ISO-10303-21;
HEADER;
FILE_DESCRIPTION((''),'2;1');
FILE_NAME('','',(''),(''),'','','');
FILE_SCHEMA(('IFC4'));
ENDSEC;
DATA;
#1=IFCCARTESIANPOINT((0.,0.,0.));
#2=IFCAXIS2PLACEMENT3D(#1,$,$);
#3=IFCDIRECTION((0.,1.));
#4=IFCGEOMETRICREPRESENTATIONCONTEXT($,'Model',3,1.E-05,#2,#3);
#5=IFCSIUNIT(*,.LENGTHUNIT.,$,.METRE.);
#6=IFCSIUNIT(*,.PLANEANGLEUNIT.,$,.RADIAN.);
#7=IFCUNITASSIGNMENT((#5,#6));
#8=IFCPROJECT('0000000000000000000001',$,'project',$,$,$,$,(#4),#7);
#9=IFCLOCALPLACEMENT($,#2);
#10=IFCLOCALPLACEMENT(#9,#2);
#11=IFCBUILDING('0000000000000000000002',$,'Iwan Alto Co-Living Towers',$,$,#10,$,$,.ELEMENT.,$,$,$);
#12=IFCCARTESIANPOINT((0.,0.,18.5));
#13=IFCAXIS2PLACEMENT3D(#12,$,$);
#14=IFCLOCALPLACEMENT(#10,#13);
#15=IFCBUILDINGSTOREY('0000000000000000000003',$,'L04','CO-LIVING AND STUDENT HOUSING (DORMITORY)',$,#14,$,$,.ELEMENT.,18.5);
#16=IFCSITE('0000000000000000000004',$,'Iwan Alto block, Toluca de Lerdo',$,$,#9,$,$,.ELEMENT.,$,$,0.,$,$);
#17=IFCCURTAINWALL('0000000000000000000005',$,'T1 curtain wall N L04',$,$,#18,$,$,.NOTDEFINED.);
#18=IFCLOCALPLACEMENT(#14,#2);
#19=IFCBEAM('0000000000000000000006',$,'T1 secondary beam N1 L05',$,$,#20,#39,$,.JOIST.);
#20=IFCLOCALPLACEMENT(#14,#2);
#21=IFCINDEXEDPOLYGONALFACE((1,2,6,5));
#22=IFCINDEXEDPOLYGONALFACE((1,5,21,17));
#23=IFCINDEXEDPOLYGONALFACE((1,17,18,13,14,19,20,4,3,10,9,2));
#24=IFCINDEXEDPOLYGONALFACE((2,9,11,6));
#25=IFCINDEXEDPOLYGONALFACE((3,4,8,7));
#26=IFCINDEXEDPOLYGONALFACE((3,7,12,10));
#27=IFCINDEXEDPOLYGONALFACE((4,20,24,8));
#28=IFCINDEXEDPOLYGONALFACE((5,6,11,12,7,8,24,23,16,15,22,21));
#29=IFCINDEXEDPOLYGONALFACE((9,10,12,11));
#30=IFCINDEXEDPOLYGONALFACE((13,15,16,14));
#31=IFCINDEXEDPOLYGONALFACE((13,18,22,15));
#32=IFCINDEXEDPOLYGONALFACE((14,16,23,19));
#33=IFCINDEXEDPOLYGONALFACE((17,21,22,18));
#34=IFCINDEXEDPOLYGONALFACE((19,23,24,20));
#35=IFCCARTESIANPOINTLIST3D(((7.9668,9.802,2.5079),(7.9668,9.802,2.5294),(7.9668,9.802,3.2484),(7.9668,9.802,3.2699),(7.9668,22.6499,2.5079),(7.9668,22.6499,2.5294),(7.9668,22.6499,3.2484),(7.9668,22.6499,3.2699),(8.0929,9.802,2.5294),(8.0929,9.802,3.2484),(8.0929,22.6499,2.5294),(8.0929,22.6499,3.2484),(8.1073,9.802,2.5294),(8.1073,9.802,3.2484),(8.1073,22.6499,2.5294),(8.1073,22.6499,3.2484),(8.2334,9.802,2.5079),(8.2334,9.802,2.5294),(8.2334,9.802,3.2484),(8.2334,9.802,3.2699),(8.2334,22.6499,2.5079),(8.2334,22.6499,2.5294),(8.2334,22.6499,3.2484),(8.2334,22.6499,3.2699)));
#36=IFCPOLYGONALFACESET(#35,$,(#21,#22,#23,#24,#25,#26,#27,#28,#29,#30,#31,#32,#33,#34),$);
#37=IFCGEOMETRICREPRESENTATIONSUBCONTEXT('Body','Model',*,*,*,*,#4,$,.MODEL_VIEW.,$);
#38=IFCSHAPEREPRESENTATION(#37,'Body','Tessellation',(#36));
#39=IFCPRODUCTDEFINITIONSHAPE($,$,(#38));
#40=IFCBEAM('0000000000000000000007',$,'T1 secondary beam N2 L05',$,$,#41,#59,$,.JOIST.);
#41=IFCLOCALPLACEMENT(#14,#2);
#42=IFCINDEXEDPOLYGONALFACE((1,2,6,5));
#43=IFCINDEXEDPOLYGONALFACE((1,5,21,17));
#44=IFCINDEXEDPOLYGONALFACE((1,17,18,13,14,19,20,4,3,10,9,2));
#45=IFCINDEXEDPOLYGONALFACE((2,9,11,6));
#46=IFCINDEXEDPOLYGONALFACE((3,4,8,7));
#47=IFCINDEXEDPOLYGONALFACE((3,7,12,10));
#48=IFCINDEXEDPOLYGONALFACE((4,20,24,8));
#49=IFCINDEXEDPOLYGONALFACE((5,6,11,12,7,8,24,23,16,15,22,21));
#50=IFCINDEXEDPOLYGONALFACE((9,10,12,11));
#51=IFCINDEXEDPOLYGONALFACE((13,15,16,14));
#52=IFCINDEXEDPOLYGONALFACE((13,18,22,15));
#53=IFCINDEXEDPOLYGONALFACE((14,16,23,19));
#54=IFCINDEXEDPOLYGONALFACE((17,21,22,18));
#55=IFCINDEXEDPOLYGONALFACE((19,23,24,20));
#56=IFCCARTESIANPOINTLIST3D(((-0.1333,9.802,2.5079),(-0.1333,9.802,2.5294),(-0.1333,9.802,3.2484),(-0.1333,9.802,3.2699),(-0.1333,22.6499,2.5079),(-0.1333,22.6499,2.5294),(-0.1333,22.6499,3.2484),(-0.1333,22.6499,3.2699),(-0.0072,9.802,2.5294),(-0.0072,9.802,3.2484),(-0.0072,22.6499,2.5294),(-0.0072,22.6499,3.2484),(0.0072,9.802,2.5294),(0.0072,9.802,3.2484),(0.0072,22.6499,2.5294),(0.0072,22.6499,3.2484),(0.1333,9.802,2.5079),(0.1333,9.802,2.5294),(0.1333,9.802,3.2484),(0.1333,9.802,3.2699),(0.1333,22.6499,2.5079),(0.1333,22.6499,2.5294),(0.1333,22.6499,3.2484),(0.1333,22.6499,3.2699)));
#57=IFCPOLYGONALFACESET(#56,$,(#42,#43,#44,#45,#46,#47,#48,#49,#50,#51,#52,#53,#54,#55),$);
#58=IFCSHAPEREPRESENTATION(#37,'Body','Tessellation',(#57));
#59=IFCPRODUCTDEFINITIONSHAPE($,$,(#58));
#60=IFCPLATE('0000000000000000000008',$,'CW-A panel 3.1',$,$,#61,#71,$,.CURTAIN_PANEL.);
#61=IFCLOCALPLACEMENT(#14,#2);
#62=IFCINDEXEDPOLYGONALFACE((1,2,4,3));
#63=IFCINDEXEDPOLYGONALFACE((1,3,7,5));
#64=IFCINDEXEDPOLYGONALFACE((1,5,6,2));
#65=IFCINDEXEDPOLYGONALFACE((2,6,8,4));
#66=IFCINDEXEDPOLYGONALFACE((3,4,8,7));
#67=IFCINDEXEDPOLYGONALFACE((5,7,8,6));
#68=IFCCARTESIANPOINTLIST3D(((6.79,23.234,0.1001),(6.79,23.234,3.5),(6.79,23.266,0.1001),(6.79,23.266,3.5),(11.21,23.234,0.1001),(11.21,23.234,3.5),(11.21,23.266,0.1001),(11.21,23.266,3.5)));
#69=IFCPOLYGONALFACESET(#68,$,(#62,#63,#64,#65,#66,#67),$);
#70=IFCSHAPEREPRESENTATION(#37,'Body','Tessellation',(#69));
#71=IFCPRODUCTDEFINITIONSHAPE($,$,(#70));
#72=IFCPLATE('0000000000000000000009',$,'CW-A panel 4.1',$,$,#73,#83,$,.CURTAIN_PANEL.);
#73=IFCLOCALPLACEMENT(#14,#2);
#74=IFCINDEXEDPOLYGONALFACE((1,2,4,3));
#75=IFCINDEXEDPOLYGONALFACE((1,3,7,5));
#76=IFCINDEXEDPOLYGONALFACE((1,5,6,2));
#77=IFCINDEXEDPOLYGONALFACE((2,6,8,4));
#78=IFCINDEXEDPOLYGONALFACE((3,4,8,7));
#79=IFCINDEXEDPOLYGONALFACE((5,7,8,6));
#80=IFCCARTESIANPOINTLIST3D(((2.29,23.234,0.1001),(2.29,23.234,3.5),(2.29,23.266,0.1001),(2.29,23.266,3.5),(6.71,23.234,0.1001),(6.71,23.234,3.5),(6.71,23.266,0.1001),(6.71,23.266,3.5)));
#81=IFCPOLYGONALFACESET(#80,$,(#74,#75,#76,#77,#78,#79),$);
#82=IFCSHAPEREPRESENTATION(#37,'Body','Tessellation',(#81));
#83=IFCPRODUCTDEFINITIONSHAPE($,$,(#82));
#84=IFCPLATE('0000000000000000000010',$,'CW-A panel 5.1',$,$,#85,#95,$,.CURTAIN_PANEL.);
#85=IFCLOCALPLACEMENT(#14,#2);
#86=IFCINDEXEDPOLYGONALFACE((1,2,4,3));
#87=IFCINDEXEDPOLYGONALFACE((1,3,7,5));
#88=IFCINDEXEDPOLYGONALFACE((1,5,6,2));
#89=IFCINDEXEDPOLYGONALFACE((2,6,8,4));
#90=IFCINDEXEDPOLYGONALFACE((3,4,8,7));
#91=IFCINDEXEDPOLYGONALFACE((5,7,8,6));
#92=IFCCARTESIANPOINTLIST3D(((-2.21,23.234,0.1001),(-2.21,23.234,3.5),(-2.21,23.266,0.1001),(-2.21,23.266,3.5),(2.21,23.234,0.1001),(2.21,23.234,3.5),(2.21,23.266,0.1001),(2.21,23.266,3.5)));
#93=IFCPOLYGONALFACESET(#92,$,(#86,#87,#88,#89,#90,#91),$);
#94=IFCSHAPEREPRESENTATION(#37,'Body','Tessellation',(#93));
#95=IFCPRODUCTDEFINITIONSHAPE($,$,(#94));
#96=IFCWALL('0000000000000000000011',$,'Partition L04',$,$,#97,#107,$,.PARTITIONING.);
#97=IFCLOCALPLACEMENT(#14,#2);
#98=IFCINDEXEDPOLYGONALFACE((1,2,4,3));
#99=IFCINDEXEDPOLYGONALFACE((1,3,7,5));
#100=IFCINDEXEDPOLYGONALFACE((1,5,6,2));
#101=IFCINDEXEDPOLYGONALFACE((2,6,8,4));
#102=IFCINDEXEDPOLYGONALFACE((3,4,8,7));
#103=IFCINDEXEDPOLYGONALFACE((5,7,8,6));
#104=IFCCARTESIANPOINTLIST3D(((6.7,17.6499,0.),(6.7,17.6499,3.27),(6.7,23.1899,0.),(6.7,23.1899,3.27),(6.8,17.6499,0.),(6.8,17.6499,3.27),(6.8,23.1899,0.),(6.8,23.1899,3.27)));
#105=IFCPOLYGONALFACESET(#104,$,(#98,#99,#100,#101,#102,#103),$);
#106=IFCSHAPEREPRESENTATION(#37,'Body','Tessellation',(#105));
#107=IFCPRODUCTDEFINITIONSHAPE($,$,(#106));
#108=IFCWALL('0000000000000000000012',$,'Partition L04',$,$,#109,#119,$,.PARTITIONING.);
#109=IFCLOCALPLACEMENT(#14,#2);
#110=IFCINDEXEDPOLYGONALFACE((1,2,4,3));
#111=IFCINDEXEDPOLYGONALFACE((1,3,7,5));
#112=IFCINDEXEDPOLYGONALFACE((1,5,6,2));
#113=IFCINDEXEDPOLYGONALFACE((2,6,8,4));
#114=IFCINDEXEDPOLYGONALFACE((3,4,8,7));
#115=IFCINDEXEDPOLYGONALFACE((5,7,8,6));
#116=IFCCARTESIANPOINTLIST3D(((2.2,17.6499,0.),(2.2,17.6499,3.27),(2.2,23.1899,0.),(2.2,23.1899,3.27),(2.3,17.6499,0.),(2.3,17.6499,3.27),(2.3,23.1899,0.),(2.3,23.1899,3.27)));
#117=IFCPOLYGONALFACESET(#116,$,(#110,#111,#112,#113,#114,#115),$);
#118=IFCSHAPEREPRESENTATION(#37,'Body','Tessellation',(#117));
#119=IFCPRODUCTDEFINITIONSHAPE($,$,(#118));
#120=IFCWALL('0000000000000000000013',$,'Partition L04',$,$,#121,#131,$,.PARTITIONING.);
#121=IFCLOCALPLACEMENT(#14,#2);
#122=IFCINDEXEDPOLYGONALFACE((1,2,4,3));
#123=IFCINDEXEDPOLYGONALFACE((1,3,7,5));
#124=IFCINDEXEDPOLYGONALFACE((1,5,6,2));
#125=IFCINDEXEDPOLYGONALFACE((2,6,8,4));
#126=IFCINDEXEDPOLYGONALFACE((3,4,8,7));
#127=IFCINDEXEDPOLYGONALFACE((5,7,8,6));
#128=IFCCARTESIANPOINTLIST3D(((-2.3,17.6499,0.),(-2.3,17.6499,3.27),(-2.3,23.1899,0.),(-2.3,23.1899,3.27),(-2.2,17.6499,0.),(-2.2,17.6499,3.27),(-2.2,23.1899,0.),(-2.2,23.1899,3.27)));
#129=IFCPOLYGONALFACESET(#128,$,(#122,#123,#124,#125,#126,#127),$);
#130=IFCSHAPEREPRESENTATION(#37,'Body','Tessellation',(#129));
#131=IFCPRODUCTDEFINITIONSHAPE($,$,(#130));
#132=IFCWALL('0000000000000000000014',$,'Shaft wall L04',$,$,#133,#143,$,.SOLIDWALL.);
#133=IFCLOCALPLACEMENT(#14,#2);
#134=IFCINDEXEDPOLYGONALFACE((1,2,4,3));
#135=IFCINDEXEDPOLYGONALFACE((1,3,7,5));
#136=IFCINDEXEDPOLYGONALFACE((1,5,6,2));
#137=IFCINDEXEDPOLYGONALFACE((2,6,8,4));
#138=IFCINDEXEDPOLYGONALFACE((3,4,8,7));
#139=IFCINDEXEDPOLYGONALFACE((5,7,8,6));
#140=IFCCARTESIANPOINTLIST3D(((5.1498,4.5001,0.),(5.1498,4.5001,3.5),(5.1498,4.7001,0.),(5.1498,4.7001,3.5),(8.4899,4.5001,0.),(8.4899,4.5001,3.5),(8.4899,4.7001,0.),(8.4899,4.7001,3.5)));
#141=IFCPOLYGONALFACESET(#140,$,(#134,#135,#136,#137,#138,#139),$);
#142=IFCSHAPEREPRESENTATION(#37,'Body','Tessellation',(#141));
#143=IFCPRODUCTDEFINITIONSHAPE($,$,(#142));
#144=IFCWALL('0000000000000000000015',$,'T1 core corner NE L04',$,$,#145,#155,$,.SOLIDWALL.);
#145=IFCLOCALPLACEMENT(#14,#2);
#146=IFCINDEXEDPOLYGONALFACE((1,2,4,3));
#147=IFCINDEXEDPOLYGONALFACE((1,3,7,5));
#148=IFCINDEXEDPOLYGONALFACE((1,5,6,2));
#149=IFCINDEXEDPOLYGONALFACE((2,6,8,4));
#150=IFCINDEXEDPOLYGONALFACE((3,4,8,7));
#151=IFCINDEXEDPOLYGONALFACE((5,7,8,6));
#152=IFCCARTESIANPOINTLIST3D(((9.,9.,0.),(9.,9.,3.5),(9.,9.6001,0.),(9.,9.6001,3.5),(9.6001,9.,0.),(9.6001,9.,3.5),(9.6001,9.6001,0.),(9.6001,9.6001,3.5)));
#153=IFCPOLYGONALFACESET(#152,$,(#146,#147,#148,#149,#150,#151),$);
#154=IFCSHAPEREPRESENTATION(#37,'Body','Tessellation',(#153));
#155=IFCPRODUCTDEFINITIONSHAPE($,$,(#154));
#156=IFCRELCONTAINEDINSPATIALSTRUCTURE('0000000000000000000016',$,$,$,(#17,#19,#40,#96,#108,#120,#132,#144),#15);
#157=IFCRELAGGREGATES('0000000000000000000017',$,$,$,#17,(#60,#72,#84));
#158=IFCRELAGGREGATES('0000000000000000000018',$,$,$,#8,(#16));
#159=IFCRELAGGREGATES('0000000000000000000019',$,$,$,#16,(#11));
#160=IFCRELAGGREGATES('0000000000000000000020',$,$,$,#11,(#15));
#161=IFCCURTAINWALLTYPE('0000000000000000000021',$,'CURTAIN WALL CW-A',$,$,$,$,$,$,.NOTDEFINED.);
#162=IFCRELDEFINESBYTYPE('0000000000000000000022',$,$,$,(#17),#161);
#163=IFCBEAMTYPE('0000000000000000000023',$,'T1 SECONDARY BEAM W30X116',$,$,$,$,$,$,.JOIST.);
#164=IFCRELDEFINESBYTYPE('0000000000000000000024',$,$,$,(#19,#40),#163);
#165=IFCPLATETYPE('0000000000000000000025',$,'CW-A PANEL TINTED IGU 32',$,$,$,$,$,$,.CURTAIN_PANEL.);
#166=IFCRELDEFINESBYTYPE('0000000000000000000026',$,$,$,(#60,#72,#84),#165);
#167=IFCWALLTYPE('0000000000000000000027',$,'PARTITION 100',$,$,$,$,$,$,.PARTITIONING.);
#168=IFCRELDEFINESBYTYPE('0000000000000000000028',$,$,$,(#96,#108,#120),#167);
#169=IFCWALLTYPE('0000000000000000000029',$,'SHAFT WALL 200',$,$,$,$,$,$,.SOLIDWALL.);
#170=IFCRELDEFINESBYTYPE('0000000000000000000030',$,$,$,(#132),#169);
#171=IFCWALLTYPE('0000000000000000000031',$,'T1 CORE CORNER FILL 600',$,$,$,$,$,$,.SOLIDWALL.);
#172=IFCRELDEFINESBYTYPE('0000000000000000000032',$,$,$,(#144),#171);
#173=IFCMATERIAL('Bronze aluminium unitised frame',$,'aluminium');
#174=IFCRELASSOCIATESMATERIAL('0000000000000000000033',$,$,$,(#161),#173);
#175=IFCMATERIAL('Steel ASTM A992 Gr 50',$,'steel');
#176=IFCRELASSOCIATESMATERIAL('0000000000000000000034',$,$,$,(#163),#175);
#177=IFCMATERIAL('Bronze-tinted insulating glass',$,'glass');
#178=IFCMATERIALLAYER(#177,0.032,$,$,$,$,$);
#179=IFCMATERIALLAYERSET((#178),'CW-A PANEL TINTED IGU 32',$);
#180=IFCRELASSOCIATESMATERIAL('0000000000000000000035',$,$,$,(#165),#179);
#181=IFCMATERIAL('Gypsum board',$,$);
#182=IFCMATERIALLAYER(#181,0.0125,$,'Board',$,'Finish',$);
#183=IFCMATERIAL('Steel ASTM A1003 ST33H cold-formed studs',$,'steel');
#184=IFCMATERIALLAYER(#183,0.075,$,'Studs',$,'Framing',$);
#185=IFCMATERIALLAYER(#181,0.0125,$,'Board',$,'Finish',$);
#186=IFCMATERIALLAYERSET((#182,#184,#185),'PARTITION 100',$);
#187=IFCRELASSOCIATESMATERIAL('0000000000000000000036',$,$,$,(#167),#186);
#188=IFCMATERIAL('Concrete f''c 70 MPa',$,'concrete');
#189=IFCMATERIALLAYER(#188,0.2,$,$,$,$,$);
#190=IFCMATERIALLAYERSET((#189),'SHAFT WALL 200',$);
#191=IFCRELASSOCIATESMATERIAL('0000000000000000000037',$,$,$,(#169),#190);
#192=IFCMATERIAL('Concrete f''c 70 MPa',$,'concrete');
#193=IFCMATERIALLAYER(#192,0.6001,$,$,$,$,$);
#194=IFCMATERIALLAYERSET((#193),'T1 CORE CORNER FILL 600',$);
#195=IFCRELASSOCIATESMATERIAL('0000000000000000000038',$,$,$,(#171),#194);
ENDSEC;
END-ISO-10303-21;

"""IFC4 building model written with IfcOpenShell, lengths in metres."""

from ifc_helpers import new_model, si_unit, direction, frame, frame_2d, origin, origin_2d, place, context, subcontext, project, spatial, rectangle, i_section, extrude, material, layer, layer_set, material_profile, profile_set, type_object, element, aggregate, save


model = new_model("IFC4")

# Units and contexts
model_context = context("Model", 3, precision=1e-05, world=origin(), true_north=direction((0.0, 1.0)))
body_context = subcontext(model_context, "Body", "Model", "MODEL_VIEW")
ifc_project = project(units=[si_unit("LENGTHUNIT", "METRE"), si_unit("PLANEANGLEUNIT", "RADIAN")], contexts=[model_context])

# Site, building, storey
site_placement = place(None, origin())
site = spatial("IfcSite", under=ifc_project, at=site_placement, Name="Iwan Alto block, Toluca de Lerdo", CompositionType="ELEMENT", RefElevation=0.0)
building_placement = place(site_placement, origin())
building = spatial("IfcBuilding", under=site, at=building_placement, Name="Iwan Alto Co-Living Towers", CompositionType="ELEMENT")
storey_placement = place(building_placement, frame((0.0, 0.0, 18.5)))
storey = spatial("IfcBuildingStorey", under=building, at=storey_placement, Name="L04", Description="CO-LIVING AND STUDENT HOUSING (DORMITORY)", CompositionType="ELEMENT", Elevation=18.5)

# Curtain wall
ifc_material_1 = material(Name="Bronze aluminium unitised frame", Category="aluminium")
curtain_wall_type = type_object("IfcCurtainWallType", Name="CURTAIN WALL CW-A", PredefinedType="NOTDEFINED", material=ifc_material_1)
curtain_wall_placement = place(storey_placement, origin())
curtain_wall = element("IfcCurtainWall", 1, at=curtain_wall_placement, inside=storey, type_object=curtain_wall_type, Name="T1 curtain wall N L04", PredefinedType="NOTDEFINED")

# Beams
ifc_material_2 = material(Name="Steel ASTM A992 Gr 50", Category="steel")
ifc_material_profile_1 = material_profile(ifc_material_2, i_section(OverallWidth=0.2666, OverallDepth=0.762, WebThickness=0.0144, FlangeThickness=0.0215, at=origin_2d()), Name="W30X116")
ifc_profile_set_1 = profile_set([ifc_material_profile_1], Name="Steel ASTM A992 Gr 50")
beam_type_1 = type_object("IfcBeamType", Name="T1 SECONDARY BEAM W30X116", PredefinedType="JOIST", material=ifc_profile_set_1)
for number, where, z_axis, x_axis, name in (
    (2, (8.1001, 22.6499, 2.8889), (0.0, -1.0, 0.0), (1.0, 0.0, 0.0), "T1 secondary beam N1 L05"),
    (3, (0.0, 22.6499, 2.8889), (0.0, -1.0, 0.0), (1.0, 0.0, 0.0), "T1 secondary beam N2 L05"),
):
    element("IfcBeam", number, at=place(storey_placement, frame(where, z_axis=z_axis, x_axis=x_axis)), inside=storey, type_object=beam_type_1, Name=name, PredefinedType="JOIST", context=body_context, shape_type="SweptSolid", body=[
        extrude(i_section(OverallWidth=0.2666, OverallDepth=0.762, WebThickness=0.0144, FlangeThickness=0.0215, at=origin_2d()), origin(), (0.0, 0.0, 1.0), 12.8479),
    ])

# Plates
ifc_material_3 = material(Name="Bronze-tinted insulating glass", Category="glass")
ifc_layer_1 = layer(ifc_material_3, 0.032)
ifc_layer_set_1 = layer_set([ifc_layer_1], Name="CW-A PANEL TINTED IGU 32")
plate_type = type_object("IfcPlateType", Name="CW-A PANEL TINTED IGU 32", PredefinedType="CURTAIN_PANEL", material=ifc_layer_set_1)
plate_1_placement = place(storey_placement, frame((9.0, 23.25, 0.1001), z_axis=(0.0, 0.0, 1.0), x_axis=(-1.0, 0.0, 0.0)))
plate_1 = element("IfcPlate", 4, at=plate_1_placement, type_object=plate_type, Name="CW-A panel 3.1", PredefinedType="CURTAIN_PANEL", context=body_context, shape_type="SweptSolid", body=[
    extrude(rectangle(XDim=4.4199, YDim=0.032, at=origin_2d()), origin(), (0.0, 0.0, 1.0), 3.3999),
])
plate_2_placement = place(storey_placement, frame((4.5, 23.25, 0.1001), z_axis=(0.0, 0.0, 1.0), x_axis=(-1.0, 0.0, 0.0)))
plate_2 = element("IfcPlate", 5, at=plate_2_placement, type_object=plate_type, Name="CW-A panel 4.1", PredefinedType="CURTAIN_PANEL", context=body_context, shape_type="SweptSolid", body=[
    extrude(rectangle(XDim=4.4199, YDim=0.032, at=origin_2d()), origin(), (0.0, 0.0, 1.0), 3.3999),
])
plate_3_placement = place(storey_placement, frame((0.0, 23.25, 0.1001), z_axis=(0.0, 0.0, 1.0), x_axis=(-1.0, 0.0, 0.0)))
plate_3 = element("IfcPlate", 6, at=plate_3_placement, type_object=plate_type, Name="CW-A panel 5.1", PredefinedType="CURTAIN_PANEL", context=body_context, shape_type="SweptSolid", body=[
    extrude(rectangle(XDim=4.4199, YDim=0.032, at=origin_2d()), origin(), (0.0, 0.0, 1.0), 3.3999),
])
aggregate(curtain_wall, [plate_1, plate_2, plate_3])

# Walls
ifc_material_4 = material(Name="Gypsum board")
ifc_layer_2 = layer(ifc_material_4, 0.0125, Name="Board", Category="Finish")
ifc_material_5 = material(Name="Steel ASTM A1003 ST33H cold-formed studs", Category="steel")
ifc_layer_3 = layer(ifc_material_5, 0.075, Name="Studs", Category="Framing")
ifc_layer_4 = layer(ifc_material_4, 0.0125, Name="Board", Category="Finish")
ifc_layer_set_2 = layer_set([ifc_layer_2, ifc_layer_3, ifc_layer_4], Name="PARTITION 100")
wall_type_1 = type_object("IfcWallType", Name="PARTITION 100", PredefinedType="PARTITIONING", material=ifc_layer_set_2)
for number, where, z_axis, x_axis, name in (
    (7, (6.75, 17.6499, 0.0), (0.0, 0.0, 1.0), (0.0, 1.0, 0.0), "Partition L04"),
    (8, (2.25, 17.6499, 0.0), (0.0, 0.0, 1.0), (0.0, 1.0, 0.0), "Partition L04"),
    (9, (-2.25, 17.6499, 0.0), (0.0, 0.0, 1.0), (0.0, 1.0, 0.0), "Partition L04"),
):
    element("IfcWall", number, at=place(storey_placement, frame(where, z_axis=z_axis, x_axis=x_axis)), inside=storey, type_object=wall_type_1, Name=name, PredefinedType="PARTITIONING", context=body_context, shape_type="SweptSolid", body=[
        extrude(rectangle(XDim=5.54, YDim=0.1001, at=frame_2d((2.77, 0.0))), origin(), (0.0, 0.0, 1.0), 3.27),
    ])
ifc_material_6 = material(Name="Concrete f'c 70 MPa", Category="concrete")
ifc_layer_5 = layer(ifc_material_6, 0.2)
ifc_layer_set_3 = layer_set([ifc_layer_5], Name="SHAFT WALL 200")
wall_type_2 = type_object("IfcWallType", Name="SHAFT WALL 200", PredefinedType="SOLIDWALL", material=ifc_layer_set_3)
wall_1_placement = place(storey_placement, frame((5.1499, 4.6001, 0.0), z_axis=(0.0, 0.0, 1.0), x_axis=(1.0, 0.0, 0.0)))
element("IfcWall", 10, at=wall_1_placement, inside=storey, type_object=wall_type_2, Name="Shaft wall L04", PredefinedType="SOLIDWALL", context=body_context, shape_type="SweptSolid", body=[
    extrude(rectangle(XDim=3.3401, YDim=0.2, at=frame_2d((1.6699, 0.0))), origin(), (0.0, 0.0, 1.0), 3.5),
])
ifc_material_7 = material(Name="Concrete f'c 70 MPa", Category="concrete")
ifc_layer_6 = layer(ifc_material_7, 0.6001)
ifc_layer_set_4 = layer_set([ifc_layer_6], Name="T1 CORE CORNER FILL 600")
wall_type_3 = type_object("IfcWallType", Name="T1 CORE CORNER FILL 600", PredefinedType="SOLIDWALL", material=ifc_layer_set_4)
wall_2_placement = place(storey_placement, frame((9.0, 9.3, 0.0), z_axis=(0.0, 0.0, 1.0), x_axis=(1.0, 0.0, 0.0)))
element("IfcWall", 11, at=wall_2_placement, inside=storey, type_object=wall_type_3, Name="T1 core corner NE L04", PredefinedType="SOLIDWALL", context=body_context, shape_type="SweptSolid", body=[
    extrude(rectangle(XDim=0.6001, YDim=0.6001, at=frame_2d((0.3, 0.0))), origin(), (0.0, 0.0, 1.0), 3.5),
])

save(model, "model.ifc")
